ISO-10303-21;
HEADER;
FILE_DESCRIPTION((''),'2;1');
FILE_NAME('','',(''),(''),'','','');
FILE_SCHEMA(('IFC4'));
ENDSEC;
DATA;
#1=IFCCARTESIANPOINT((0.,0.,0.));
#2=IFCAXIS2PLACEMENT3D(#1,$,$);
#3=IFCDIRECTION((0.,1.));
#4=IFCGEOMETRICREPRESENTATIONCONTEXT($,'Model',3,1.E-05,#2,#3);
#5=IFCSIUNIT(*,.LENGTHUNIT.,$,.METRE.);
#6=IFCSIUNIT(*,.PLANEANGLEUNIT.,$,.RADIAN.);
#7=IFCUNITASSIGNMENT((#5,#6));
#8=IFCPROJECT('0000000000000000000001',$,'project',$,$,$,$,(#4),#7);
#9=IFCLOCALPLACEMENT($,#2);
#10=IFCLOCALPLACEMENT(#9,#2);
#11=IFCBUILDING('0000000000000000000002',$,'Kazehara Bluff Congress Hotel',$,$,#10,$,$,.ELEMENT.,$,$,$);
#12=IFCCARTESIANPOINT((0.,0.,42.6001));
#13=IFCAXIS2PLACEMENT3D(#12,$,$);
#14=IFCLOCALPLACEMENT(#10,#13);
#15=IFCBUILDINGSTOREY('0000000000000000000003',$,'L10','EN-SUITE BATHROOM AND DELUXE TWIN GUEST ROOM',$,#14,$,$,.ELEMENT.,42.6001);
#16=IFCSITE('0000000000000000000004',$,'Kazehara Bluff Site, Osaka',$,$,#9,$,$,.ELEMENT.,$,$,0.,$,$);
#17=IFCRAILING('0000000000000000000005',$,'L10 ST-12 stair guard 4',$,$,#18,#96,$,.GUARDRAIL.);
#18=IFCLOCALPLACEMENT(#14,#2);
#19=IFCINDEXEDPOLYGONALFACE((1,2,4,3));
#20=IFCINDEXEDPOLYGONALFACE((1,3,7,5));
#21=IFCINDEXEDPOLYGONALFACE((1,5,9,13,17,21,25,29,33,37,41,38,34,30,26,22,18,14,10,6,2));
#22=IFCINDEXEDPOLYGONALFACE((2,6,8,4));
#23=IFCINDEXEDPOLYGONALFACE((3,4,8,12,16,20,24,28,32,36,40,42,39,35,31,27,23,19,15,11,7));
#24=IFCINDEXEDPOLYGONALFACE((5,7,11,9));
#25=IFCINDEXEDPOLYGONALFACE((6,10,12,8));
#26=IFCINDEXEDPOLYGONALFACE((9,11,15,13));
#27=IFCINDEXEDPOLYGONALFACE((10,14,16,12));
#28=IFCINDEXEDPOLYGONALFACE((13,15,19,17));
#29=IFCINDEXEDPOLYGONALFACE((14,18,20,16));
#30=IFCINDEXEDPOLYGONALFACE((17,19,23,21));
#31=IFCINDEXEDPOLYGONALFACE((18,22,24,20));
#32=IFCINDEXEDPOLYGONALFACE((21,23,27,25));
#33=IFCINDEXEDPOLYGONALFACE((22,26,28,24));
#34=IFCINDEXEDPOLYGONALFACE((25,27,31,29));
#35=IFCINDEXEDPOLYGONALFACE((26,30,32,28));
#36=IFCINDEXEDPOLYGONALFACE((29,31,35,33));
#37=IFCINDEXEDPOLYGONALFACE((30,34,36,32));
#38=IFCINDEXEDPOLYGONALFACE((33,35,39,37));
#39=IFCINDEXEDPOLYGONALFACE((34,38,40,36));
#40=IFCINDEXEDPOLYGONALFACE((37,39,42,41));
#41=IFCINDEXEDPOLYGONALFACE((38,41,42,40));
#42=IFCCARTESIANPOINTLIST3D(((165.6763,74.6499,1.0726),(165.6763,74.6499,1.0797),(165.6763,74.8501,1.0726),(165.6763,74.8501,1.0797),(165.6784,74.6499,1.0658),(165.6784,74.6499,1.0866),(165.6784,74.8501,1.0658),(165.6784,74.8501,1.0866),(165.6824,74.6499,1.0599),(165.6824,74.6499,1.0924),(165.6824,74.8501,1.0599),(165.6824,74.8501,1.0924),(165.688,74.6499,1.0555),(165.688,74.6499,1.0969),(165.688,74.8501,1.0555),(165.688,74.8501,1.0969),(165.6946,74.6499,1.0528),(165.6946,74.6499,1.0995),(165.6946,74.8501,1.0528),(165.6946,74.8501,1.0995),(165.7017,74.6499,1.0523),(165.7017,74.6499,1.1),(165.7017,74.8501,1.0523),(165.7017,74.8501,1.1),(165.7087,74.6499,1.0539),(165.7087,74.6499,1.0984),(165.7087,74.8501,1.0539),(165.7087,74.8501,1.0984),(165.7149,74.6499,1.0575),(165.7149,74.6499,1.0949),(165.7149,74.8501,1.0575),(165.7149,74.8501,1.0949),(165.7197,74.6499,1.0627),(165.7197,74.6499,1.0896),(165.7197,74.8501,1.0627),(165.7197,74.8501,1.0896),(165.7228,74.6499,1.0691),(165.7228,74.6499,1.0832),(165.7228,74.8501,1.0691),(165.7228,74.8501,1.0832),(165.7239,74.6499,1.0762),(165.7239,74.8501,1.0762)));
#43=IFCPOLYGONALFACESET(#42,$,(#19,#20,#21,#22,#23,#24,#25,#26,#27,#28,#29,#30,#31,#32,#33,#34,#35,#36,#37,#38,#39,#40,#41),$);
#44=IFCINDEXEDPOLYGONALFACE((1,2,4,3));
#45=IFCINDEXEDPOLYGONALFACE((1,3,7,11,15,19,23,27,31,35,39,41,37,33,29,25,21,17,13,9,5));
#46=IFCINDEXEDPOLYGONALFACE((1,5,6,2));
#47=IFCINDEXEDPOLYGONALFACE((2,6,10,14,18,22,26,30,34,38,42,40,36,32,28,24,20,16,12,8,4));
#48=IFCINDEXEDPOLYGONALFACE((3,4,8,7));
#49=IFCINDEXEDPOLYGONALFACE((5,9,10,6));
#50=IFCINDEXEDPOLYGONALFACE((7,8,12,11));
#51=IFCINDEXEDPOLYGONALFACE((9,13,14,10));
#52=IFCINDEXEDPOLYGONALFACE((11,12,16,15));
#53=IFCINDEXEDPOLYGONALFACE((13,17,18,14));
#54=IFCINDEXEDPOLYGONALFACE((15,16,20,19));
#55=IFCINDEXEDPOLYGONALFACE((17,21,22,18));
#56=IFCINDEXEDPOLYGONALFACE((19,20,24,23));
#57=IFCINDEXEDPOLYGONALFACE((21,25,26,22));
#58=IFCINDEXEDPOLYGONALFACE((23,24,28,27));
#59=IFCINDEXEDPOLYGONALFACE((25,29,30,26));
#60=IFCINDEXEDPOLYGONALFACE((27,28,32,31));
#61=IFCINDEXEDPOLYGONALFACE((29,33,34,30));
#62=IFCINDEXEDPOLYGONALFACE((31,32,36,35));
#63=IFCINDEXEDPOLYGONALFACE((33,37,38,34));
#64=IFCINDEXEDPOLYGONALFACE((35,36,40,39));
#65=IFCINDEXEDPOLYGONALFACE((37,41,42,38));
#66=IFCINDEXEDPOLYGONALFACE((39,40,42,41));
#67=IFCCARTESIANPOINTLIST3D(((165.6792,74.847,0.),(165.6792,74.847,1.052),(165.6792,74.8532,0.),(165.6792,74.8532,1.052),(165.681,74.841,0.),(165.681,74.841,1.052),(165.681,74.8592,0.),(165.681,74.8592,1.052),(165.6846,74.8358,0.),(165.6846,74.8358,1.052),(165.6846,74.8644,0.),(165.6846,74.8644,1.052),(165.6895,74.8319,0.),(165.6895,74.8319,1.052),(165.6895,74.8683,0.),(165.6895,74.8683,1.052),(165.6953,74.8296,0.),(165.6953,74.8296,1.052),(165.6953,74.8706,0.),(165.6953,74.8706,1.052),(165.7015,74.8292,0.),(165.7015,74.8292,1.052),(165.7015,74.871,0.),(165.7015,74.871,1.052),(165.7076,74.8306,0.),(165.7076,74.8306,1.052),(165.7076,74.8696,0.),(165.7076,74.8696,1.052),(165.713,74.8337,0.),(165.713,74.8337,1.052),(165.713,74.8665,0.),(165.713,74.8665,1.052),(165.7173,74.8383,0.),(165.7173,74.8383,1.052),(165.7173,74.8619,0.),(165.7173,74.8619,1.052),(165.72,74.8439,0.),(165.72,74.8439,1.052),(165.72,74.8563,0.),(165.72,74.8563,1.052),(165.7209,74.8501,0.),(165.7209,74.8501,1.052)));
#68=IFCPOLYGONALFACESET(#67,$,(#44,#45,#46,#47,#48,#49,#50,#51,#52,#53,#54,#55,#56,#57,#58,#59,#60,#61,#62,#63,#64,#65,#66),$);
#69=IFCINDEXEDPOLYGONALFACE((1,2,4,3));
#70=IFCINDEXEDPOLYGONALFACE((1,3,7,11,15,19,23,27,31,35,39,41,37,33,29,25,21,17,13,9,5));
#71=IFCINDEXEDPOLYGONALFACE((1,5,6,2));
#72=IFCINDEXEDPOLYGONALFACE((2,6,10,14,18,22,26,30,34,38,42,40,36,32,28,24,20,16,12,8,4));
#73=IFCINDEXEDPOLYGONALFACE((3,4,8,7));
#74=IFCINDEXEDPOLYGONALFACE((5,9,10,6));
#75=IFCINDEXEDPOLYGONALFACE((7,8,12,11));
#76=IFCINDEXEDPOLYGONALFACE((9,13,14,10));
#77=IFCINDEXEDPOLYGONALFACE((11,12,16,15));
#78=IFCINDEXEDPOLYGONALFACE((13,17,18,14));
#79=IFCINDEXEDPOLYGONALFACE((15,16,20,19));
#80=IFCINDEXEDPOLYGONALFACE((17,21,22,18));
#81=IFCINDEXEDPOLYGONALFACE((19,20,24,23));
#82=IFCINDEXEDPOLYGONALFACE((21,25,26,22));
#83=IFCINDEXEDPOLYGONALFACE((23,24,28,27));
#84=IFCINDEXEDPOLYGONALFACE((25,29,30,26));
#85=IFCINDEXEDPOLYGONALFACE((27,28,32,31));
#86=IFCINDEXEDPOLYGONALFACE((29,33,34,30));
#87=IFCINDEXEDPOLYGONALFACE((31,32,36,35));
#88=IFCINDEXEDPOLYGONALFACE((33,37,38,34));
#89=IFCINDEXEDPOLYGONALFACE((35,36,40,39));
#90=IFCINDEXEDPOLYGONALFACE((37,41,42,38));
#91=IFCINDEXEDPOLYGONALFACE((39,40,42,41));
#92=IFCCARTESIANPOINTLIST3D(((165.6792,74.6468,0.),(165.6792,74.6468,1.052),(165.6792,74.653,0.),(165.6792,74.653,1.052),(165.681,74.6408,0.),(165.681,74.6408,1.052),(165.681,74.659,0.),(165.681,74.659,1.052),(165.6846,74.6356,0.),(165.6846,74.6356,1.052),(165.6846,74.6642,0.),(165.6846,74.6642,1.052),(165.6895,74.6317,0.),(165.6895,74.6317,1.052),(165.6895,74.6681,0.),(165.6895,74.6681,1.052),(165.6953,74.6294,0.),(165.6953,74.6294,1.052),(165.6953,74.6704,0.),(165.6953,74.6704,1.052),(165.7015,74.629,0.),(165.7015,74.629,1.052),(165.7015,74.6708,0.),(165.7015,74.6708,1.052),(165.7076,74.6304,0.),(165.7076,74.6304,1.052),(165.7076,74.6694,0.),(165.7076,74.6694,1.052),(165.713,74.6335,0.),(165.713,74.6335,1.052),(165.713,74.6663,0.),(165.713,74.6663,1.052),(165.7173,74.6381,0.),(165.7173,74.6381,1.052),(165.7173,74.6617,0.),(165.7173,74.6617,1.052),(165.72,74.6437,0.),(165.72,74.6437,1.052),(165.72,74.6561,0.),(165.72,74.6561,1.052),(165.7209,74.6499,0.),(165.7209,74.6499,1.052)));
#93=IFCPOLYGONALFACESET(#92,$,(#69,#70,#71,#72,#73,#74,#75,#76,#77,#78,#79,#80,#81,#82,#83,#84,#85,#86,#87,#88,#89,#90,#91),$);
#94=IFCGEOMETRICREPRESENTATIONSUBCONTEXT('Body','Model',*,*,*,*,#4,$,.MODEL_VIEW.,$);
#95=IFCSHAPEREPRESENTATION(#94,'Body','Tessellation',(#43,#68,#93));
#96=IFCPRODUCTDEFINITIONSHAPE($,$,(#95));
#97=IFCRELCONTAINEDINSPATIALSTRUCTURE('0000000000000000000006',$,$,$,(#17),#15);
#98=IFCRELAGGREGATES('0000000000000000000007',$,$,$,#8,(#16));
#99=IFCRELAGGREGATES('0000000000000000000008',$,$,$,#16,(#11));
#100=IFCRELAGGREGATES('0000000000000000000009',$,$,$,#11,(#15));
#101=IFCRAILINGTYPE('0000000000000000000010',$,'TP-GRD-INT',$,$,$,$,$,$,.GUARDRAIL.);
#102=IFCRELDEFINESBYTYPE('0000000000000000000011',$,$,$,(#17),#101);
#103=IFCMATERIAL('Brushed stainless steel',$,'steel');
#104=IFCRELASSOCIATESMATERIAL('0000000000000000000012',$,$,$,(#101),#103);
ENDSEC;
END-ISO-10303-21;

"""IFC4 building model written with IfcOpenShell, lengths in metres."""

from ifc_helpers import new_model, si_unit, direction, frame, origin, origin_2d, place, context, subcontext, project, spatial, circle, extrude, material, type_object, element, save


model = new_model("IFC4")

# Units and contexts
model_context = context("Model", 3, precision=1e-05, world=origin(), true_north=direction((0.0, 1.0)))
body_context = subcontext(model_context, "Body", "Model", "MODEL_VIEW")
ifc_project = project(units=[si_unit("LENGTHUNIT", "METRE"), si_unit("PLANEANGLEUNIT", "RADIAN")], contexts=[model_context])

# Site, building, storey
site_placement = place(None, origin())
site = spatial("IfcSite", under=ifc_project, at=site_placement, Name="Kazehara Bluff Site, Osaka", CompositionType="ELEMENT", RefElevation=0.0)
building_placement = place(site_placement, origin())
building = spatial("IfcBuilding", under=site, at=building_placement, Name="Kazehara Bluff Congress Hotel", CompositionType="ELEMENT")
storey_placement = place(building_placement, frame((0.0, 0.0, 42.6001)))
storey = spatial("IfcBuildingStorey", under=building, at=storey_placement, Name="L10", Description="EN-SUITE BATHROOM AND DELUXE TWIN GUEST ROOM", CompositionType="ELEMENT", Elevation=42.6001)

# Railing
ifc_material_1 = material(Name="Brushed stainless steel", Category="steel")
railing_type_1 = type_object("IfcRailingType", Name="TP-GRD-INT", PredefinedType="GUARDRAIL", material=ifc_material_1)
railing_1_placement = place(storey_placement, frame((165.7, 74.8501, 0.0)))
element("IfcRailing", 1, at=railing_1_placement, inside=storey, type_object=railing_type_1, Name="L10 ST-12 stair guard 4", PredefinedType="GUARDRAIL", context=body_context, shape_type="SweptSolid", body=[
    extrude(circle(Radius=0.0239, at=origin_2d()), frame((0.0, 0.0, 1.0762), z_axis=(0.0, -1.0, 0.0), x_axis=(1.0, 0.0, 0.0)), (0.0, 0.0, 1.0), 0.2002),
    extrude(circle(Radius=0.021, at=origin_2d()), origin(), (0.0, 0.0, 1.0), 1.052),
    extrude(circle(Radius=0.021, at=origin_2d()), frame((0.0, -0.2002, 0.0)), (0.0, 0.0, 1.0), 1.052),
])

save(model, "model.ifc")
